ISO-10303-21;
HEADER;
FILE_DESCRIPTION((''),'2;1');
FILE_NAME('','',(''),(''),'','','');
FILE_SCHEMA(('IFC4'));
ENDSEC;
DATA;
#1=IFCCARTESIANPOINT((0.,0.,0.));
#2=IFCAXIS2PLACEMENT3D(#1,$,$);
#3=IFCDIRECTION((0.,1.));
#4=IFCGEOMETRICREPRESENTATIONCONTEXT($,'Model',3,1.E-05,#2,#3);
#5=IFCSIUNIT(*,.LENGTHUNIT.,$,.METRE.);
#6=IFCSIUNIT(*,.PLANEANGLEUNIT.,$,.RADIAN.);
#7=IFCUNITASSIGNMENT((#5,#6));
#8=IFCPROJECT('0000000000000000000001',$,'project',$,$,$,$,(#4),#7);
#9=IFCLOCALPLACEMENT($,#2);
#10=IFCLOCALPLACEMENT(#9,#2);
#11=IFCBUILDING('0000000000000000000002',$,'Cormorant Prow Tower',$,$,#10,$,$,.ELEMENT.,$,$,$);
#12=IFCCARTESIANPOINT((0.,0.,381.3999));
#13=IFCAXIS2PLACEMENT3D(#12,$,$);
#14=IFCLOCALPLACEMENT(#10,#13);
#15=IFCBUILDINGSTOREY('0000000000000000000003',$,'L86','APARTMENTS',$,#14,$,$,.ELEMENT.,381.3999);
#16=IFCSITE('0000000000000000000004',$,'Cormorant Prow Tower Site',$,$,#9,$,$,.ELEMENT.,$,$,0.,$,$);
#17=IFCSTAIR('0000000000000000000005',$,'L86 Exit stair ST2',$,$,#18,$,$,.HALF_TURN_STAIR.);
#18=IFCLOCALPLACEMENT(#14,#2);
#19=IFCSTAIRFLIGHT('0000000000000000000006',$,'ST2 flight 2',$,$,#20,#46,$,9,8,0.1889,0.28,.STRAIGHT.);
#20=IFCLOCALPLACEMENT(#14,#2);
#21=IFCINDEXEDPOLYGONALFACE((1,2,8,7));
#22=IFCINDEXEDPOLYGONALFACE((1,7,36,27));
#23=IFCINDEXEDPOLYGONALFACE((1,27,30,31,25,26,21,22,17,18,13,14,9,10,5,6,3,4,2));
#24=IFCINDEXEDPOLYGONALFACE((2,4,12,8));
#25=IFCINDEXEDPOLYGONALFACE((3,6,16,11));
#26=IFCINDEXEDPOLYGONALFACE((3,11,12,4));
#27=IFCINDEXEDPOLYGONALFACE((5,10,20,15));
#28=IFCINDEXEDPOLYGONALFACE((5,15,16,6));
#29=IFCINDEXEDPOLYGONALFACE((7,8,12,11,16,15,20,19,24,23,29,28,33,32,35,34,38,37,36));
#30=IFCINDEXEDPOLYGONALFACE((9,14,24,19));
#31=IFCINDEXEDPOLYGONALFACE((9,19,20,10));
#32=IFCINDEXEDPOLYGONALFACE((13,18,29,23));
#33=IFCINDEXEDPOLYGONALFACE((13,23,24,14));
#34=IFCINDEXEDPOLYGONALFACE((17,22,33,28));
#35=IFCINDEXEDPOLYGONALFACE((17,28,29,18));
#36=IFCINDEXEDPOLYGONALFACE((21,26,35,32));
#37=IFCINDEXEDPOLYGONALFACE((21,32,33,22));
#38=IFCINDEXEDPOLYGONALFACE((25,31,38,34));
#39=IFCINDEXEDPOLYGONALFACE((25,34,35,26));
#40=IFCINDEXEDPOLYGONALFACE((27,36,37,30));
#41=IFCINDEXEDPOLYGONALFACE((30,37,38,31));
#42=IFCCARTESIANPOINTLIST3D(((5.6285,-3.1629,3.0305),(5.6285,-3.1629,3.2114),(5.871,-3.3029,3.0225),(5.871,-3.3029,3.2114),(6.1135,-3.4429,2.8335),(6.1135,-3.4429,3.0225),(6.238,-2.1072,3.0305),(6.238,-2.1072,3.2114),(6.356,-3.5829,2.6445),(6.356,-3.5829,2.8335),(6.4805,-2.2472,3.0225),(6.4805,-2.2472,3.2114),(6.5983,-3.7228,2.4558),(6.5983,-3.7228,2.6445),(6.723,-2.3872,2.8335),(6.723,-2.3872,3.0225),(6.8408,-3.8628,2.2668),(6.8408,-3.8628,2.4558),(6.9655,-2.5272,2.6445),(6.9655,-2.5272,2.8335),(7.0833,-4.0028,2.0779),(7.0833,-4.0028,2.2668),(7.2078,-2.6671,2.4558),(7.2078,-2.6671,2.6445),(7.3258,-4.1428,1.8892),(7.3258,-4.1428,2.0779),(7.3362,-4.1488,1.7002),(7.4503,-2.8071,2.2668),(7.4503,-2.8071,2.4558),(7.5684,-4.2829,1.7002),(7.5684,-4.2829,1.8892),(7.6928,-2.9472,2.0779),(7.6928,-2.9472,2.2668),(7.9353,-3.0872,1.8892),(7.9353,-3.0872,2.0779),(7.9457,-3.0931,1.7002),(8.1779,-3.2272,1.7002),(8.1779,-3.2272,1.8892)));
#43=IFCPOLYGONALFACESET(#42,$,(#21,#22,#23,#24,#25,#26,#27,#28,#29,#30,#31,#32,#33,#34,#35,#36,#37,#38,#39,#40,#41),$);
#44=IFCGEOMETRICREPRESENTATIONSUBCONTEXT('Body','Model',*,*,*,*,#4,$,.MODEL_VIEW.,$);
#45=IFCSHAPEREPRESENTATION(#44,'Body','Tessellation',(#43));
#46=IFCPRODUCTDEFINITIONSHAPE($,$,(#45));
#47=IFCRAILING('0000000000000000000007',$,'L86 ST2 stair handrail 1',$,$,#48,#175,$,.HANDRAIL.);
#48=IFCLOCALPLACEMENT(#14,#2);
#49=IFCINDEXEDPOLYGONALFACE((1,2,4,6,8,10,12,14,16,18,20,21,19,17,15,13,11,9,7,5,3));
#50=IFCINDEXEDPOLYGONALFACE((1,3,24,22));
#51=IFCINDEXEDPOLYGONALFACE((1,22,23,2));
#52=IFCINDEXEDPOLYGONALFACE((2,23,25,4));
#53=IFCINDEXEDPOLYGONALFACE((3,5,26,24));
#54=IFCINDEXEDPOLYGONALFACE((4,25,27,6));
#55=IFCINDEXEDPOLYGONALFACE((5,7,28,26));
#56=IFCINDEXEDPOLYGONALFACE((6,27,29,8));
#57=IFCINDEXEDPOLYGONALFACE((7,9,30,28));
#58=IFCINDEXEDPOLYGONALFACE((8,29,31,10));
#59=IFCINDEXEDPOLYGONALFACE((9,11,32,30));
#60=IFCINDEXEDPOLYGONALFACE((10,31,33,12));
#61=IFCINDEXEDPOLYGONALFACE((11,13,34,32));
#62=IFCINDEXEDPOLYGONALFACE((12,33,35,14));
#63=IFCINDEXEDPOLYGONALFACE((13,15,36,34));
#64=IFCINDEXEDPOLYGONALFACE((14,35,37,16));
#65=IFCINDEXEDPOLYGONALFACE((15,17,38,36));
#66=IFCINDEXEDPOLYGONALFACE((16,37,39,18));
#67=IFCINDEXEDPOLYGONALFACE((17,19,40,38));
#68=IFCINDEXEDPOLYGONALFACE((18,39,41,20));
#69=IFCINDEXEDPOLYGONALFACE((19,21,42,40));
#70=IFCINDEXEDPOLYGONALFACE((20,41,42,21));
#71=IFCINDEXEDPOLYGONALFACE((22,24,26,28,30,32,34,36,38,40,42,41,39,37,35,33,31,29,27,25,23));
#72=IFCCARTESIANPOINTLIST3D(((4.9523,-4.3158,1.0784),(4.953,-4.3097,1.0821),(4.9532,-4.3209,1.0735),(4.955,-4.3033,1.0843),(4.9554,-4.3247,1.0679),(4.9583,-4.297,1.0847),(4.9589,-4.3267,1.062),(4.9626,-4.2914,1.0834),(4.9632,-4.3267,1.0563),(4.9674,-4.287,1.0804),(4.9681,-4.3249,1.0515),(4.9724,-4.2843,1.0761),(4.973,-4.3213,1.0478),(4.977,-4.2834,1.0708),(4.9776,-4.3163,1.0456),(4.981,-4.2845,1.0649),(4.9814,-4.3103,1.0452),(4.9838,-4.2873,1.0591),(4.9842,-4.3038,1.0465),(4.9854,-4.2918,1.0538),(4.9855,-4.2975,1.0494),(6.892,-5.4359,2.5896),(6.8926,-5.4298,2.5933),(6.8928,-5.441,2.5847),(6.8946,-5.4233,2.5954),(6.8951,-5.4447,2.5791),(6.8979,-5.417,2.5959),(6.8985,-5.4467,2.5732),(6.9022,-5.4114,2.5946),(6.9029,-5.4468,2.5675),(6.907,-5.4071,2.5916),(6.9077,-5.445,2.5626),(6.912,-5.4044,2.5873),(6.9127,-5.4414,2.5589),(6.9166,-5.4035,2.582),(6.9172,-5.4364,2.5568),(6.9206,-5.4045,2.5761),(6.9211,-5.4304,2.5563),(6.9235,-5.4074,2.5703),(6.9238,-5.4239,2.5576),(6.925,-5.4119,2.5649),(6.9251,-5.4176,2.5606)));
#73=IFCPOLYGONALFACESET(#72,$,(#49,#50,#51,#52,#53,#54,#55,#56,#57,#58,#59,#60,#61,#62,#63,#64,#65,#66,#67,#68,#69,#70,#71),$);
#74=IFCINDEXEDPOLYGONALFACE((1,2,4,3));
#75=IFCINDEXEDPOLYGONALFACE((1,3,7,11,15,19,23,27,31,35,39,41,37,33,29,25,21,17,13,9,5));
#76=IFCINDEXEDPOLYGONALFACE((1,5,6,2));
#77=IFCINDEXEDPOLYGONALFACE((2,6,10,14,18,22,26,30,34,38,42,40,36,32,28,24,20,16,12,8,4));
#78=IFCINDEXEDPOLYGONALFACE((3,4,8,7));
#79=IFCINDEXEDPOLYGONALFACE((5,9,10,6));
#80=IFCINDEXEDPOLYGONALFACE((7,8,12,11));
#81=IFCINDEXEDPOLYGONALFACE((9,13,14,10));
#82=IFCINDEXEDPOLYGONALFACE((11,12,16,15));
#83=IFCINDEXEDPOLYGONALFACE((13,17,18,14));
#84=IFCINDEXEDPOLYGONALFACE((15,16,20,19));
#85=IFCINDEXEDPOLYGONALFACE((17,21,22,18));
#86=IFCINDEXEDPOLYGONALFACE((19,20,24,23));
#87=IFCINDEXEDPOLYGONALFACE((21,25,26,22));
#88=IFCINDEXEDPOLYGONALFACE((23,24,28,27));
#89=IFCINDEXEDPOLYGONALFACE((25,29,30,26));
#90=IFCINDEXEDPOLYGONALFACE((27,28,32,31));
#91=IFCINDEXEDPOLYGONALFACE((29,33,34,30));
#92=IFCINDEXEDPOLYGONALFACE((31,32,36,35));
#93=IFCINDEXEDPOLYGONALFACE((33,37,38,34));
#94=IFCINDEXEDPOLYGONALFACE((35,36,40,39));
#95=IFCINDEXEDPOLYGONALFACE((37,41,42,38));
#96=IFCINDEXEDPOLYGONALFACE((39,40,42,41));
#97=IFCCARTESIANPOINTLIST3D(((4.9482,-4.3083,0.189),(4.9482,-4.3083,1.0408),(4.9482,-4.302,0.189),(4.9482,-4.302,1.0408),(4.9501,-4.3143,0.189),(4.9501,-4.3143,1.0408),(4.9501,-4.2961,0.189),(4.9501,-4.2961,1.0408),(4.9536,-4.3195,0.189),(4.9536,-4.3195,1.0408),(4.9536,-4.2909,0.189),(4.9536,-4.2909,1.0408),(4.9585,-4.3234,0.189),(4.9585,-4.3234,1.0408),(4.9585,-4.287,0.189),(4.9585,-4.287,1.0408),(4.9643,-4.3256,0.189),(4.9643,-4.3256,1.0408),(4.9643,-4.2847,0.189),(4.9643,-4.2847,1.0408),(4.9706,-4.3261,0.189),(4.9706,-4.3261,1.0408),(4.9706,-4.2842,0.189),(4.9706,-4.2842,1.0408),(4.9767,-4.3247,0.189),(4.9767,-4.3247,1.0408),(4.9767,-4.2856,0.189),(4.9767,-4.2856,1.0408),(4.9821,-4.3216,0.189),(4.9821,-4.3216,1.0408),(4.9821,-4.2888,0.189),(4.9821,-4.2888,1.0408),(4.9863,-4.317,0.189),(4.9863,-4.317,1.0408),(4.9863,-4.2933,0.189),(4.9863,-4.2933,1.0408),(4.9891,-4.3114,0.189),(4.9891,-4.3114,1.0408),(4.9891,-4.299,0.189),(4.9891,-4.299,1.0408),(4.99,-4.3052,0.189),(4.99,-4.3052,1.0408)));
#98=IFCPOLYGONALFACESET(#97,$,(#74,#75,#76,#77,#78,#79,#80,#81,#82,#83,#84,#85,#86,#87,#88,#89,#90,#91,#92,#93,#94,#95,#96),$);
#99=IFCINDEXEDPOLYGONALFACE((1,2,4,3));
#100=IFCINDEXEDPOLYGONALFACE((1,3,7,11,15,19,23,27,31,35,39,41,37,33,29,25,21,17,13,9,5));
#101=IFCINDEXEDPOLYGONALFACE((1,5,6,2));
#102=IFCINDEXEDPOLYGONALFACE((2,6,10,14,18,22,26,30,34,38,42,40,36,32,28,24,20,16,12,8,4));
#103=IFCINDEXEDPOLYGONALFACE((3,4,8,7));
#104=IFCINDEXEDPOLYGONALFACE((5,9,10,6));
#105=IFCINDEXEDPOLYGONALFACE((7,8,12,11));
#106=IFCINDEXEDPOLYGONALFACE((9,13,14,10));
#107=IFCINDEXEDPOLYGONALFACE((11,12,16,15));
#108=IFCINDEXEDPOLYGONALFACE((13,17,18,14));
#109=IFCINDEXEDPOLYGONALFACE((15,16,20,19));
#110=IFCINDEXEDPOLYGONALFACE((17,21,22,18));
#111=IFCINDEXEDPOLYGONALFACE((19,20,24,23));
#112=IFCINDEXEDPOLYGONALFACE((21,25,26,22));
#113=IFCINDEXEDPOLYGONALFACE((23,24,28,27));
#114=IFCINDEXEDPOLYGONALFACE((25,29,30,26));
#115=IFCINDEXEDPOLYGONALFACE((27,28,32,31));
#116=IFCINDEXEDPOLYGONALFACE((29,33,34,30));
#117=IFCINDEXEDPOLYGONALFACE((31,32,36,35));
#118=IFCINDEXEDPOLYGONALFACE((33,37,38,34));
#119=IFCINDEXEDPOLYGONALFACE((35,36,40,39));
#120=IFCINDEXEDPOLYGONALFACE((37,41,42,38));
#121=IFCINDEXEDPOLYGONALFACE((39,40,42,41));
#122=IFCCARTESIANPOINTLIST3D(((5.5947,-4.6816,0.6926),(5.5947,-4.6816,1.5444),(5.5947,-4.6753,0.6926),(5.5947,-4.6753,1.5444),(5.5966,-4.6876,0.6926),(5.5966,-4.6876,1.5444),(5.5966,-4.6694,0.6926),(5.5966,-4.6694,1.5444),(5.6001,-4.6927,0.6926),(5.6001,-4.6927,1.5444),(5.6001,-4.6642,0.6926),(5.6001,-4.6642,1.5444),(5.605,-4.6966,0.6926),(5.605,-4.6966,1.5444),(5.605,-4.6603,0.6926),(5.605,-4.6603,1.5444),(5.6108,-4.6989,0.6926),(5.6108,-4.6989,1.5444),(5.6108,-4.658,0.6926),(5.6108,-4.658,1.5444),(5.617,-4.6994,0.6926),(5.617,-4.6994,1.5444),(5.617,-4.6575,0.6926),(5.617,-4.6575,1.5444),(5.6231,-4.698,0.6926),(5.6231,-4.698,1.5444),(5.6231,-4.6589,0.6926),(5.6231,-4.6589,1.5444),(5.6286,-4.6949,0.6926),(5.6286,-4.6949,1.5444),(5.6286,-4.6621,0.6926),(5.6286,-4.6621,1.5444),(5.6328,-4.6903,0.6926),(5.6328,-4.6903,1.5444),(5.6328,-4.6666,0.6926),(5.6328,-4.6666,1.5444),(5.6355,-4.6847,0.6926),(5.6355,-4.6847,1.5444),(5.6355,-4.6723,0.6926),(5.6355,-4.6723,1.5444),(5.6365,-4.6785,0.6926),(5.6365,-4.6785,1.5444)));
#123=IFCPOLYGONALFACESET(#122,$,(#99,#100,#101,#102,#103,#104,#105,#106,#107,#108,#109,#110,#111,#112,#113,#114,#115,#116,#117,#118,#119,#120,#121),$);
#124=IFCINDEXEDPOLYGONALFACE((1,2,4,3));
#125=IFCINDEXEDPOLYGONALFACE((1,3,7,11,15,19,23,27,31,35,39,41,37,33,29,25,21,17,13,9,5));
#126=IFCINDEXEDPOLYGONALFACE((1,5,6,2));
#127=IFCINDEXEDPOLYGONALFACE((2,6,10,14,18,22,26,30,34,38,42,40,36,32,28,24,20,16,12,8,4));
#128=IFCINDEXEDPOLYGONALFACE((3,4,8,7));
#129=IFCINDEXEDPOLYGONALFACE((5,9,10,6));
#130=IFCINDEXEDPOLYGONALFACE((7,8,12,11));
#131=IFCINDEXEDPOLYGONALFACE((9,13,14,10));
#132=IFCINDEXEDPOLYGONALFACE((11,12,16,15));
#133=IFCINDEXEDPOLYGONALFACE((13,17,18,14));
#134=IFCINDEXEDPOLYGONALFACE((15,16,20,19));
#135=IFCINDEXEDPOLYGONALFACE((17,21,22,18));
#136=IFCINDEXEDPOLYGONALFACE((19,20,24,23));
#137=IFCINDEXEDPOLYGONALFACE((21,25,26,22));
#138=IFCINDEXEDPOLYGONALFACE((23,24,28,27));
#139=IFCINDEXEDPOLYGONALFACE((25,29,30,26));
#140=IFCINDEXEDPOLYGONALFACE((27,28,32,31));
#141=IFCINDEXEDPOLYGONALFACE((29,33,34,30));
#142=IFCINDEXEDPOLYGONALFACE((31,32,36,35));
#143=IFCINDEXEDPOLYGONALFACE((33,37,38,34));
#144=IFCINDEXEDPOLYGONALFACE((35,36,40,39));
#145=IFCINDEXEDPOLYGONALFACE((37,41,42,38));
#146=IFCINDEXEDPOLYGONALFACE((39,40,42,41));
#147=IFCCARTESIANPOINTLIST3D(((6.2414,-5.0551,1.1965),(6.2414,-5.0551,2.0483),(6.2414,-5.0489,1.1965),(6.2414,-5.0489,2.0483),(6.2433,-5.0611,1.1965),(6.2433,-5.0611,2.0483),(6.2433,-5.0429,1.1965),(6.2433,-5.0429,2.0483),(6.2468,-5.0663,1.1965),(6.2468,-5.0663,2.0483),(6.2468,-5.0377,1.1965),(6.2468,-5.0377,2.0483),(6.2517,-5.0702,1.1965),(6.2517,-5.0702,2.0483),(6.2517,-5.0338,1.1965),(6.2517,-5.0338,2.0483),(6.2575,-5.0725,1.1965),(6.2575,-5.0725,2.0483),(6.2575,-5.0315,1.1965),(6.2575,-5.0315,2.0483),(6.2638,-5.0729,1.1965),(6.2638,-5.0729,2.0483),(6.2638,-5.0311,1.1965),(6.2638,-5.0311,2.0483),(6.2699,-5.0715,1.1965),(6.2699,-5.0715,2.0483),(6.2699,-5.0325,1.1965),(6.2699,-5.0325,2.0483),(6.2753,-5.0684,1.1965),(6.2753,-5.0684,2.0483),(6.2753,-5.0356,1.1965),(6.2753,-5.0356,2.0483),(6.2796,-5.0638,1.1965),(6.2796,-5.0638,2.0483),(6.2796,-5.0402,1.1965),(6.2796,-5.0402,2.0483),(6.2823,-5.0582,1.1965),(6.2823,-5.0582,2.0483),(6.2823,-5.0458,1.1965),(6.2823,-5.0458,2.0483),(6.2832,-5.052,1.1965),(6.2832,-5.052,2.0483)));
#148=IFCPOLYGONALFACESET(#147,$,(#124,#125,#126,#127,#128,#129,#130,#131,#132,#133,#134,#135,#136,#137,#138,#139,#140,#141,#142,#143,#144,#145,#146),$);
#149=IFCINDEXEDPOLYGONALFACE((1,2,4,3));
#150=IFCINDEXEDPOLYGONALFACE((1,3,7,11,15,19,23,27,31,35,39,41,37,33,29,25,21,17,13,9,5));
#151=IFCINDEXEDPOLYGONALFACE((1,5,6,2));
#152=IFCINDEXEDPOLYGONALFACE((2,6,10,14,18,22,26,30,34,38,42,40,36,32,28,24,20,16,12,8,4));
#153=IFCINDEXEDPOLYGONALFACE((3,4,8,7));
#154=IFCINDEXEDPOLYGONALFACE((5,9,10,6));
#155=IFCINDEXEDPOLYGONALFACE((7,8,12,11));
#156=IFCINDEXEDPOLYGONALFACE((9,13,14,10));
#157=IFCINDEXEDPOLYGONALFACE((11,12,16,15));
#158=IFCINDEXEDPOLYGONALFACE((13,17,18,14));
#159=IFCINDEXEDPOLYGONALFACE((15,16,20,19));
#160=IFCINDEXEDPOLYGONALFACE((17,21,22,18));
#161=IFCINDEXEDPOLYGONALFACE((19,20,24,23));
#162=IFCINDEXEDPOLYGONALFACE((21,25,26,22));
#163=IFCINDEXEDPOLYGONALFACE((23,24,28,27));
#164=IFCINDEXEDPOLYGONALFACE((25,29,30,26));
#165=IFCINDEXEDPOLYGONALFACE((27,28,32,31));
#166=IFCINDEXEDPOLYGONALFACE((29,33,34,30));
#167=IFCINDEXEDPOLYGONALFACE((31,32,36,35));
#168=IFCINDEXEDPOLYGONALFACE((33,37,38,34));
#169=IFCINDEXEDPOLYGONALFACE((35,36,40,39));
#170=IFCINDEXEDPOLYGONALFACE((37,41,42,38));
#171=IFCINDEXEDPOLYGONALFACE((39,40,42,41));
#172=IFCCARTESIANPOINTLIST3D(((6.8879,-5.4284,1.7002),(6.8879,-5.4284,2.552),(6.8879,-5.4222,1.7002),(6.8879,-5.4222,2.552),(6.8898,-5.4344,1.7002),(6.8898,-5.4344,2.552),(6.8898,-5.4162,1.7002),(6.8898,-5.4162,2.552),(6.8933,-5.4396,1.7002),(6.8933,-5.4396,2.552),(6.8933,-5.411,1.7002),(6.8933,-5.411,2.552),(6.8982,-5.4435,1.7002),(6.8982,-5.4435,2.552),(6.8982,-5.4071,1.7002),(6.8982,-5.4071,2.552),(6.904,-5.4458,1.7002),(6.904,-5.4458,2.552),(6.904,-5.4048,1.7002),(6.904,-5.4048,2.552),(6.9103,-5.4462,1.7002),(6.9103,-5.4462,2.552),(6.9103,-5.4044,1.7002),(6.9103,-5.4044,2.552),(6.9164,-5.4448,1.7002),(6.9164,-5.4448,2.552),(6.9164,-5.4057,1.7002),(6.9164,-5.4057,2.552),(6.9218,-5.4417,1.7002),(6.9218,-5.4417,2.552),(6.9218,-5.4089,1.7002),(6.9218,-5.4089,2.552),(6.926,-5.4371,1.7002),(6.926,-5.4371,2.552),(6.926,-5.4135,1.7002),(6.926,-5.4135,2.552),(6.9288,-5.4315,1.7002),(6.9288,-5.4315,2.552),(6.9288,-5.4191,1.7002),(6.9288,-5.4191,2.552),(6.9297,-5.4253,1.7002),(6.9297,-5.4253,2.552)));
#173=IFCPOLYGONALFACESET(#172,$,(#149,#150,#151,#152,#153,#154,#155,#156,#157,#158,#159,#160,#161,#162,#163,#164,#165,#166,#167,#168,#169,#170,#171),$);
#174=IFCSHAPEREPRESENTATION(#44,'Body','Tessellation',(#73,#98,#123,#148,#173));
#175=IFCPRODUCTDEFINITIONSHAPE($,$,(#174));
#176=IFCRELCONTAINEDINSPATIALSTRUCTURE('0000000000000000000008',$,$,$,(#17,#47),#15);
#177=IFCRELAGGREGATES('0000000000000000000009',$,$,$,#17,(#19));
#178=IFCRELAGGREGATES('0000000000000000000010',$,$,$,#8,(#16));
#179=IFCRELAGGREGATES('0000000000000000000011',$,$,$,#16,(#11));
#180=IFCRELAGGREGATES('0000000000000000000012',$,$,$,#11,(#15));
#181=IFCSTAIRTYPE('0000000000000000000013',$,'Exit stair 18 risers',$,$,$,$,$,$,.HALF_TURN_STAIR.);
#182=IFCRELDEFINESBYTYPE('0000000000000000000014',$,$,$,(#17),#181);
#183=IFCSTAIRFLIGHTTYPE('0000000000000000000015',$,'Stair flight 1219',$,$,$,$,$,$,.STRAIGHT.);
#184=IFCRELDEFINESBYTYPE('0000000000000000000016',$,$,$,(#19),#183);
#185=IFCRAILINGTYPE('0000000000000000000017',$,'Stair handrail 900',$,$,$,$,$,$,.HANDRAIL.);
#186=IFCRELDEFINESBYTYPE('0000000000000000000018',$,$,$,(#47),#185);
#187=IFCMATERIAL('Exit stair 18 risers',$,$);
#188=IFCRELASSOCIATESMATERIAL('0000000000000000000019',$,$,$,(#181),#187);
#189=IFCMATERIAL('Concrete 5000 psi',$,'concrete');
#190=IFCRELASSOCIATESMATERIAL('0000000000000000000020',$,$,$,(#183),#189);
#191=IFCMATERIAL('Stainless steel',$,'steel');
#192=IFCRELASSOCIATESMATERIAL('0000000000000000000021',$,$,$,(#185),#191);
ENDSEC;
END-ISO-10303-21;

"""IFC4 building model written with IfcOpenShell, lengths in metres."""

from ifc_helpers import new_model, si_unit, direction, frame, origin, origin_2d, place, context, subcontext, project, spatial, polyline, circle, outline, extrude, material, type_object, element, aggregate, save


model = new_model("IFC4")

# Units and contexts
model_context = context("Model", 3, precision=1e-05, world=origin(), true_north=direction((0.0, 1.0)))
body_context = subcontext(model_context, "Body", "Model", "MODEL_VIEW")
ifc_project = project(units=[si_unit("LENGTHUNIT", "METRE"), si_unit("PLANEANGLEUNIT", "RADIAN")], contexts=[model_context])

# Site, building, storey
site_placement = place(None, origin())
site = spatial("IfcSite", under=ifc_project, at=site_placement, Name="Cormorant Prow Tower Site", CompositionType="ELEMENT", RefElevation=0.0)
building_placement = place(site_placement, origin())
building = spatial("IfcBuilding", under=site, at=building_placement, Name="Cormorant Prow Tower", CompositionType="ELEMENT")
storey_placement = place(building_placement, frame((0.0, 0.0, 381.3999)))
storey = spatial("IfcBuildingStorey", under=building, at=storey_placement, Name="L86", Description="APARTMENTS", CompositionType="ELEMENT", Elevation=381.3999)

# Stair, stair flight
ifc_material_1 = material(Name="Exit stair 18 risers")
stair_type = type_object("IfcStairType", Name="Exit stair 18 risers", PredefinedType="HALF_TURN_STAIR", material=ifc_material_1)
stair_placement = place(storey_placement, origin())
stair = element("IfcStair", 1, at=stair_placement, inside=storey, type_object=stair_type, Name="L86 Exit stair ST2", PredefinedType="HALF_TURN_STAIR")
ifc_material_2 = material(Name="Concrete 5000 psi", Category="concrete")
stair_flight_type = type_object("IfcStairFlightType", Name="Stair flight 1219", PredefinedType="STRAIGHT", material=ifc_material_2)
stair_flight_1_placement = place(storey_placement, frame((7.873, -3.7551, 1.7002), z_axis=(0.0, 0.0, 1.0), x_axis=(-0.866025, 0.5, 0.0)))
stair_flight_1 = element("IfcStairFlight", 2, at=stair_flight_1_placement, type_object=stair_flight_type, Name="ST2 flight 2", NumberOfRisers=9, NumberOfTreads=8, PredefinedType="STRAIGHT", RiserHeight=0.1889, TreadLength=0.28, context=body_context, shape_type="SweptSolid", body=[
    extrude(outline(polyline([(0.0, 0.0), (0.0, 0.189), (0.28, 0.189), (0.28, 0.3777), (0.5601, 0.3777), (0.5601, 0.5667), (0.8401, 0.5667), (0.8401, 0.7556), (1.1201, 0.7556), (1.1201, 0.9443), (1.3999, 0.9443), (1.3999, 1.1333), (1.6799, 1.1333), (1.6799, 1.3223), (1.96, 1.3223), (1.96, 1.5112), (2.24, 1.5112), (2.24, 1.7), (2.24, 1.3303), (0.2681, 0.0), (0.0, 0.0)])), frame((0.0, 0.6094, 0.0), z_axis=(0.0, -1.0, 0.0), x_axis=(1.0, 0.0, 0.0)), (0.0, 0.0, 1.0), 1.219),
])
aggregate(stair, [stair_flight_1])

# Railing
ifc_material_3 = material(Name="Stainless steel", Category="steel")
railing_type_1 = type_object("IfcRailingType", Name="Stair handrail 900", PredefinedType="HANDRAIL", material=ifc_material_3)
railing_1_placement = place(storey_placement, frame((4.969, -4.3052, 0.189)))
element("IfcRailing", 3, at=railing_1_placement, inside=storey, type_object=railing_type_1, Name="L86 ST2 stair handrail 1", PredefinedType="HANDRAIL", context=body_context, shape_type="SweptSolid", body=[
    extrude(circle(Radius=0.0239, at=origin_2d()), frame((0.0, 0.0, 0.876), z_axis=(0.71787, -0.414548, 0.559297), x_axis=(0.500078, 0.86598, 0.0)), (0.0, 0.0, 1.0), 2.7019),
    extrude(circle(Radius=0.021, at=origin_2d()), origin(), (0.0, 0.0, 1.0), 0.8518),
    extrude(circle(Radius=0.021, at=origin_2d()), frame((0.6465, -0.3733, 0.5037)), (0.0, 0.0, 1.0), 0.8518),
    extrude(circle(Radius=0.021, at=origin_2d()), frame((1.2932, -0.7468, 1.0076)), (0.0, 0.0, 1.0), 0.8518),
    extrude(circle(Radius=0.021, at=origin_2d()), frame((1.9397, -1.1201, 1.5112)), (0.0, 0.0, 1.0), 0.8518),
])

save(model, "model.ifc")
